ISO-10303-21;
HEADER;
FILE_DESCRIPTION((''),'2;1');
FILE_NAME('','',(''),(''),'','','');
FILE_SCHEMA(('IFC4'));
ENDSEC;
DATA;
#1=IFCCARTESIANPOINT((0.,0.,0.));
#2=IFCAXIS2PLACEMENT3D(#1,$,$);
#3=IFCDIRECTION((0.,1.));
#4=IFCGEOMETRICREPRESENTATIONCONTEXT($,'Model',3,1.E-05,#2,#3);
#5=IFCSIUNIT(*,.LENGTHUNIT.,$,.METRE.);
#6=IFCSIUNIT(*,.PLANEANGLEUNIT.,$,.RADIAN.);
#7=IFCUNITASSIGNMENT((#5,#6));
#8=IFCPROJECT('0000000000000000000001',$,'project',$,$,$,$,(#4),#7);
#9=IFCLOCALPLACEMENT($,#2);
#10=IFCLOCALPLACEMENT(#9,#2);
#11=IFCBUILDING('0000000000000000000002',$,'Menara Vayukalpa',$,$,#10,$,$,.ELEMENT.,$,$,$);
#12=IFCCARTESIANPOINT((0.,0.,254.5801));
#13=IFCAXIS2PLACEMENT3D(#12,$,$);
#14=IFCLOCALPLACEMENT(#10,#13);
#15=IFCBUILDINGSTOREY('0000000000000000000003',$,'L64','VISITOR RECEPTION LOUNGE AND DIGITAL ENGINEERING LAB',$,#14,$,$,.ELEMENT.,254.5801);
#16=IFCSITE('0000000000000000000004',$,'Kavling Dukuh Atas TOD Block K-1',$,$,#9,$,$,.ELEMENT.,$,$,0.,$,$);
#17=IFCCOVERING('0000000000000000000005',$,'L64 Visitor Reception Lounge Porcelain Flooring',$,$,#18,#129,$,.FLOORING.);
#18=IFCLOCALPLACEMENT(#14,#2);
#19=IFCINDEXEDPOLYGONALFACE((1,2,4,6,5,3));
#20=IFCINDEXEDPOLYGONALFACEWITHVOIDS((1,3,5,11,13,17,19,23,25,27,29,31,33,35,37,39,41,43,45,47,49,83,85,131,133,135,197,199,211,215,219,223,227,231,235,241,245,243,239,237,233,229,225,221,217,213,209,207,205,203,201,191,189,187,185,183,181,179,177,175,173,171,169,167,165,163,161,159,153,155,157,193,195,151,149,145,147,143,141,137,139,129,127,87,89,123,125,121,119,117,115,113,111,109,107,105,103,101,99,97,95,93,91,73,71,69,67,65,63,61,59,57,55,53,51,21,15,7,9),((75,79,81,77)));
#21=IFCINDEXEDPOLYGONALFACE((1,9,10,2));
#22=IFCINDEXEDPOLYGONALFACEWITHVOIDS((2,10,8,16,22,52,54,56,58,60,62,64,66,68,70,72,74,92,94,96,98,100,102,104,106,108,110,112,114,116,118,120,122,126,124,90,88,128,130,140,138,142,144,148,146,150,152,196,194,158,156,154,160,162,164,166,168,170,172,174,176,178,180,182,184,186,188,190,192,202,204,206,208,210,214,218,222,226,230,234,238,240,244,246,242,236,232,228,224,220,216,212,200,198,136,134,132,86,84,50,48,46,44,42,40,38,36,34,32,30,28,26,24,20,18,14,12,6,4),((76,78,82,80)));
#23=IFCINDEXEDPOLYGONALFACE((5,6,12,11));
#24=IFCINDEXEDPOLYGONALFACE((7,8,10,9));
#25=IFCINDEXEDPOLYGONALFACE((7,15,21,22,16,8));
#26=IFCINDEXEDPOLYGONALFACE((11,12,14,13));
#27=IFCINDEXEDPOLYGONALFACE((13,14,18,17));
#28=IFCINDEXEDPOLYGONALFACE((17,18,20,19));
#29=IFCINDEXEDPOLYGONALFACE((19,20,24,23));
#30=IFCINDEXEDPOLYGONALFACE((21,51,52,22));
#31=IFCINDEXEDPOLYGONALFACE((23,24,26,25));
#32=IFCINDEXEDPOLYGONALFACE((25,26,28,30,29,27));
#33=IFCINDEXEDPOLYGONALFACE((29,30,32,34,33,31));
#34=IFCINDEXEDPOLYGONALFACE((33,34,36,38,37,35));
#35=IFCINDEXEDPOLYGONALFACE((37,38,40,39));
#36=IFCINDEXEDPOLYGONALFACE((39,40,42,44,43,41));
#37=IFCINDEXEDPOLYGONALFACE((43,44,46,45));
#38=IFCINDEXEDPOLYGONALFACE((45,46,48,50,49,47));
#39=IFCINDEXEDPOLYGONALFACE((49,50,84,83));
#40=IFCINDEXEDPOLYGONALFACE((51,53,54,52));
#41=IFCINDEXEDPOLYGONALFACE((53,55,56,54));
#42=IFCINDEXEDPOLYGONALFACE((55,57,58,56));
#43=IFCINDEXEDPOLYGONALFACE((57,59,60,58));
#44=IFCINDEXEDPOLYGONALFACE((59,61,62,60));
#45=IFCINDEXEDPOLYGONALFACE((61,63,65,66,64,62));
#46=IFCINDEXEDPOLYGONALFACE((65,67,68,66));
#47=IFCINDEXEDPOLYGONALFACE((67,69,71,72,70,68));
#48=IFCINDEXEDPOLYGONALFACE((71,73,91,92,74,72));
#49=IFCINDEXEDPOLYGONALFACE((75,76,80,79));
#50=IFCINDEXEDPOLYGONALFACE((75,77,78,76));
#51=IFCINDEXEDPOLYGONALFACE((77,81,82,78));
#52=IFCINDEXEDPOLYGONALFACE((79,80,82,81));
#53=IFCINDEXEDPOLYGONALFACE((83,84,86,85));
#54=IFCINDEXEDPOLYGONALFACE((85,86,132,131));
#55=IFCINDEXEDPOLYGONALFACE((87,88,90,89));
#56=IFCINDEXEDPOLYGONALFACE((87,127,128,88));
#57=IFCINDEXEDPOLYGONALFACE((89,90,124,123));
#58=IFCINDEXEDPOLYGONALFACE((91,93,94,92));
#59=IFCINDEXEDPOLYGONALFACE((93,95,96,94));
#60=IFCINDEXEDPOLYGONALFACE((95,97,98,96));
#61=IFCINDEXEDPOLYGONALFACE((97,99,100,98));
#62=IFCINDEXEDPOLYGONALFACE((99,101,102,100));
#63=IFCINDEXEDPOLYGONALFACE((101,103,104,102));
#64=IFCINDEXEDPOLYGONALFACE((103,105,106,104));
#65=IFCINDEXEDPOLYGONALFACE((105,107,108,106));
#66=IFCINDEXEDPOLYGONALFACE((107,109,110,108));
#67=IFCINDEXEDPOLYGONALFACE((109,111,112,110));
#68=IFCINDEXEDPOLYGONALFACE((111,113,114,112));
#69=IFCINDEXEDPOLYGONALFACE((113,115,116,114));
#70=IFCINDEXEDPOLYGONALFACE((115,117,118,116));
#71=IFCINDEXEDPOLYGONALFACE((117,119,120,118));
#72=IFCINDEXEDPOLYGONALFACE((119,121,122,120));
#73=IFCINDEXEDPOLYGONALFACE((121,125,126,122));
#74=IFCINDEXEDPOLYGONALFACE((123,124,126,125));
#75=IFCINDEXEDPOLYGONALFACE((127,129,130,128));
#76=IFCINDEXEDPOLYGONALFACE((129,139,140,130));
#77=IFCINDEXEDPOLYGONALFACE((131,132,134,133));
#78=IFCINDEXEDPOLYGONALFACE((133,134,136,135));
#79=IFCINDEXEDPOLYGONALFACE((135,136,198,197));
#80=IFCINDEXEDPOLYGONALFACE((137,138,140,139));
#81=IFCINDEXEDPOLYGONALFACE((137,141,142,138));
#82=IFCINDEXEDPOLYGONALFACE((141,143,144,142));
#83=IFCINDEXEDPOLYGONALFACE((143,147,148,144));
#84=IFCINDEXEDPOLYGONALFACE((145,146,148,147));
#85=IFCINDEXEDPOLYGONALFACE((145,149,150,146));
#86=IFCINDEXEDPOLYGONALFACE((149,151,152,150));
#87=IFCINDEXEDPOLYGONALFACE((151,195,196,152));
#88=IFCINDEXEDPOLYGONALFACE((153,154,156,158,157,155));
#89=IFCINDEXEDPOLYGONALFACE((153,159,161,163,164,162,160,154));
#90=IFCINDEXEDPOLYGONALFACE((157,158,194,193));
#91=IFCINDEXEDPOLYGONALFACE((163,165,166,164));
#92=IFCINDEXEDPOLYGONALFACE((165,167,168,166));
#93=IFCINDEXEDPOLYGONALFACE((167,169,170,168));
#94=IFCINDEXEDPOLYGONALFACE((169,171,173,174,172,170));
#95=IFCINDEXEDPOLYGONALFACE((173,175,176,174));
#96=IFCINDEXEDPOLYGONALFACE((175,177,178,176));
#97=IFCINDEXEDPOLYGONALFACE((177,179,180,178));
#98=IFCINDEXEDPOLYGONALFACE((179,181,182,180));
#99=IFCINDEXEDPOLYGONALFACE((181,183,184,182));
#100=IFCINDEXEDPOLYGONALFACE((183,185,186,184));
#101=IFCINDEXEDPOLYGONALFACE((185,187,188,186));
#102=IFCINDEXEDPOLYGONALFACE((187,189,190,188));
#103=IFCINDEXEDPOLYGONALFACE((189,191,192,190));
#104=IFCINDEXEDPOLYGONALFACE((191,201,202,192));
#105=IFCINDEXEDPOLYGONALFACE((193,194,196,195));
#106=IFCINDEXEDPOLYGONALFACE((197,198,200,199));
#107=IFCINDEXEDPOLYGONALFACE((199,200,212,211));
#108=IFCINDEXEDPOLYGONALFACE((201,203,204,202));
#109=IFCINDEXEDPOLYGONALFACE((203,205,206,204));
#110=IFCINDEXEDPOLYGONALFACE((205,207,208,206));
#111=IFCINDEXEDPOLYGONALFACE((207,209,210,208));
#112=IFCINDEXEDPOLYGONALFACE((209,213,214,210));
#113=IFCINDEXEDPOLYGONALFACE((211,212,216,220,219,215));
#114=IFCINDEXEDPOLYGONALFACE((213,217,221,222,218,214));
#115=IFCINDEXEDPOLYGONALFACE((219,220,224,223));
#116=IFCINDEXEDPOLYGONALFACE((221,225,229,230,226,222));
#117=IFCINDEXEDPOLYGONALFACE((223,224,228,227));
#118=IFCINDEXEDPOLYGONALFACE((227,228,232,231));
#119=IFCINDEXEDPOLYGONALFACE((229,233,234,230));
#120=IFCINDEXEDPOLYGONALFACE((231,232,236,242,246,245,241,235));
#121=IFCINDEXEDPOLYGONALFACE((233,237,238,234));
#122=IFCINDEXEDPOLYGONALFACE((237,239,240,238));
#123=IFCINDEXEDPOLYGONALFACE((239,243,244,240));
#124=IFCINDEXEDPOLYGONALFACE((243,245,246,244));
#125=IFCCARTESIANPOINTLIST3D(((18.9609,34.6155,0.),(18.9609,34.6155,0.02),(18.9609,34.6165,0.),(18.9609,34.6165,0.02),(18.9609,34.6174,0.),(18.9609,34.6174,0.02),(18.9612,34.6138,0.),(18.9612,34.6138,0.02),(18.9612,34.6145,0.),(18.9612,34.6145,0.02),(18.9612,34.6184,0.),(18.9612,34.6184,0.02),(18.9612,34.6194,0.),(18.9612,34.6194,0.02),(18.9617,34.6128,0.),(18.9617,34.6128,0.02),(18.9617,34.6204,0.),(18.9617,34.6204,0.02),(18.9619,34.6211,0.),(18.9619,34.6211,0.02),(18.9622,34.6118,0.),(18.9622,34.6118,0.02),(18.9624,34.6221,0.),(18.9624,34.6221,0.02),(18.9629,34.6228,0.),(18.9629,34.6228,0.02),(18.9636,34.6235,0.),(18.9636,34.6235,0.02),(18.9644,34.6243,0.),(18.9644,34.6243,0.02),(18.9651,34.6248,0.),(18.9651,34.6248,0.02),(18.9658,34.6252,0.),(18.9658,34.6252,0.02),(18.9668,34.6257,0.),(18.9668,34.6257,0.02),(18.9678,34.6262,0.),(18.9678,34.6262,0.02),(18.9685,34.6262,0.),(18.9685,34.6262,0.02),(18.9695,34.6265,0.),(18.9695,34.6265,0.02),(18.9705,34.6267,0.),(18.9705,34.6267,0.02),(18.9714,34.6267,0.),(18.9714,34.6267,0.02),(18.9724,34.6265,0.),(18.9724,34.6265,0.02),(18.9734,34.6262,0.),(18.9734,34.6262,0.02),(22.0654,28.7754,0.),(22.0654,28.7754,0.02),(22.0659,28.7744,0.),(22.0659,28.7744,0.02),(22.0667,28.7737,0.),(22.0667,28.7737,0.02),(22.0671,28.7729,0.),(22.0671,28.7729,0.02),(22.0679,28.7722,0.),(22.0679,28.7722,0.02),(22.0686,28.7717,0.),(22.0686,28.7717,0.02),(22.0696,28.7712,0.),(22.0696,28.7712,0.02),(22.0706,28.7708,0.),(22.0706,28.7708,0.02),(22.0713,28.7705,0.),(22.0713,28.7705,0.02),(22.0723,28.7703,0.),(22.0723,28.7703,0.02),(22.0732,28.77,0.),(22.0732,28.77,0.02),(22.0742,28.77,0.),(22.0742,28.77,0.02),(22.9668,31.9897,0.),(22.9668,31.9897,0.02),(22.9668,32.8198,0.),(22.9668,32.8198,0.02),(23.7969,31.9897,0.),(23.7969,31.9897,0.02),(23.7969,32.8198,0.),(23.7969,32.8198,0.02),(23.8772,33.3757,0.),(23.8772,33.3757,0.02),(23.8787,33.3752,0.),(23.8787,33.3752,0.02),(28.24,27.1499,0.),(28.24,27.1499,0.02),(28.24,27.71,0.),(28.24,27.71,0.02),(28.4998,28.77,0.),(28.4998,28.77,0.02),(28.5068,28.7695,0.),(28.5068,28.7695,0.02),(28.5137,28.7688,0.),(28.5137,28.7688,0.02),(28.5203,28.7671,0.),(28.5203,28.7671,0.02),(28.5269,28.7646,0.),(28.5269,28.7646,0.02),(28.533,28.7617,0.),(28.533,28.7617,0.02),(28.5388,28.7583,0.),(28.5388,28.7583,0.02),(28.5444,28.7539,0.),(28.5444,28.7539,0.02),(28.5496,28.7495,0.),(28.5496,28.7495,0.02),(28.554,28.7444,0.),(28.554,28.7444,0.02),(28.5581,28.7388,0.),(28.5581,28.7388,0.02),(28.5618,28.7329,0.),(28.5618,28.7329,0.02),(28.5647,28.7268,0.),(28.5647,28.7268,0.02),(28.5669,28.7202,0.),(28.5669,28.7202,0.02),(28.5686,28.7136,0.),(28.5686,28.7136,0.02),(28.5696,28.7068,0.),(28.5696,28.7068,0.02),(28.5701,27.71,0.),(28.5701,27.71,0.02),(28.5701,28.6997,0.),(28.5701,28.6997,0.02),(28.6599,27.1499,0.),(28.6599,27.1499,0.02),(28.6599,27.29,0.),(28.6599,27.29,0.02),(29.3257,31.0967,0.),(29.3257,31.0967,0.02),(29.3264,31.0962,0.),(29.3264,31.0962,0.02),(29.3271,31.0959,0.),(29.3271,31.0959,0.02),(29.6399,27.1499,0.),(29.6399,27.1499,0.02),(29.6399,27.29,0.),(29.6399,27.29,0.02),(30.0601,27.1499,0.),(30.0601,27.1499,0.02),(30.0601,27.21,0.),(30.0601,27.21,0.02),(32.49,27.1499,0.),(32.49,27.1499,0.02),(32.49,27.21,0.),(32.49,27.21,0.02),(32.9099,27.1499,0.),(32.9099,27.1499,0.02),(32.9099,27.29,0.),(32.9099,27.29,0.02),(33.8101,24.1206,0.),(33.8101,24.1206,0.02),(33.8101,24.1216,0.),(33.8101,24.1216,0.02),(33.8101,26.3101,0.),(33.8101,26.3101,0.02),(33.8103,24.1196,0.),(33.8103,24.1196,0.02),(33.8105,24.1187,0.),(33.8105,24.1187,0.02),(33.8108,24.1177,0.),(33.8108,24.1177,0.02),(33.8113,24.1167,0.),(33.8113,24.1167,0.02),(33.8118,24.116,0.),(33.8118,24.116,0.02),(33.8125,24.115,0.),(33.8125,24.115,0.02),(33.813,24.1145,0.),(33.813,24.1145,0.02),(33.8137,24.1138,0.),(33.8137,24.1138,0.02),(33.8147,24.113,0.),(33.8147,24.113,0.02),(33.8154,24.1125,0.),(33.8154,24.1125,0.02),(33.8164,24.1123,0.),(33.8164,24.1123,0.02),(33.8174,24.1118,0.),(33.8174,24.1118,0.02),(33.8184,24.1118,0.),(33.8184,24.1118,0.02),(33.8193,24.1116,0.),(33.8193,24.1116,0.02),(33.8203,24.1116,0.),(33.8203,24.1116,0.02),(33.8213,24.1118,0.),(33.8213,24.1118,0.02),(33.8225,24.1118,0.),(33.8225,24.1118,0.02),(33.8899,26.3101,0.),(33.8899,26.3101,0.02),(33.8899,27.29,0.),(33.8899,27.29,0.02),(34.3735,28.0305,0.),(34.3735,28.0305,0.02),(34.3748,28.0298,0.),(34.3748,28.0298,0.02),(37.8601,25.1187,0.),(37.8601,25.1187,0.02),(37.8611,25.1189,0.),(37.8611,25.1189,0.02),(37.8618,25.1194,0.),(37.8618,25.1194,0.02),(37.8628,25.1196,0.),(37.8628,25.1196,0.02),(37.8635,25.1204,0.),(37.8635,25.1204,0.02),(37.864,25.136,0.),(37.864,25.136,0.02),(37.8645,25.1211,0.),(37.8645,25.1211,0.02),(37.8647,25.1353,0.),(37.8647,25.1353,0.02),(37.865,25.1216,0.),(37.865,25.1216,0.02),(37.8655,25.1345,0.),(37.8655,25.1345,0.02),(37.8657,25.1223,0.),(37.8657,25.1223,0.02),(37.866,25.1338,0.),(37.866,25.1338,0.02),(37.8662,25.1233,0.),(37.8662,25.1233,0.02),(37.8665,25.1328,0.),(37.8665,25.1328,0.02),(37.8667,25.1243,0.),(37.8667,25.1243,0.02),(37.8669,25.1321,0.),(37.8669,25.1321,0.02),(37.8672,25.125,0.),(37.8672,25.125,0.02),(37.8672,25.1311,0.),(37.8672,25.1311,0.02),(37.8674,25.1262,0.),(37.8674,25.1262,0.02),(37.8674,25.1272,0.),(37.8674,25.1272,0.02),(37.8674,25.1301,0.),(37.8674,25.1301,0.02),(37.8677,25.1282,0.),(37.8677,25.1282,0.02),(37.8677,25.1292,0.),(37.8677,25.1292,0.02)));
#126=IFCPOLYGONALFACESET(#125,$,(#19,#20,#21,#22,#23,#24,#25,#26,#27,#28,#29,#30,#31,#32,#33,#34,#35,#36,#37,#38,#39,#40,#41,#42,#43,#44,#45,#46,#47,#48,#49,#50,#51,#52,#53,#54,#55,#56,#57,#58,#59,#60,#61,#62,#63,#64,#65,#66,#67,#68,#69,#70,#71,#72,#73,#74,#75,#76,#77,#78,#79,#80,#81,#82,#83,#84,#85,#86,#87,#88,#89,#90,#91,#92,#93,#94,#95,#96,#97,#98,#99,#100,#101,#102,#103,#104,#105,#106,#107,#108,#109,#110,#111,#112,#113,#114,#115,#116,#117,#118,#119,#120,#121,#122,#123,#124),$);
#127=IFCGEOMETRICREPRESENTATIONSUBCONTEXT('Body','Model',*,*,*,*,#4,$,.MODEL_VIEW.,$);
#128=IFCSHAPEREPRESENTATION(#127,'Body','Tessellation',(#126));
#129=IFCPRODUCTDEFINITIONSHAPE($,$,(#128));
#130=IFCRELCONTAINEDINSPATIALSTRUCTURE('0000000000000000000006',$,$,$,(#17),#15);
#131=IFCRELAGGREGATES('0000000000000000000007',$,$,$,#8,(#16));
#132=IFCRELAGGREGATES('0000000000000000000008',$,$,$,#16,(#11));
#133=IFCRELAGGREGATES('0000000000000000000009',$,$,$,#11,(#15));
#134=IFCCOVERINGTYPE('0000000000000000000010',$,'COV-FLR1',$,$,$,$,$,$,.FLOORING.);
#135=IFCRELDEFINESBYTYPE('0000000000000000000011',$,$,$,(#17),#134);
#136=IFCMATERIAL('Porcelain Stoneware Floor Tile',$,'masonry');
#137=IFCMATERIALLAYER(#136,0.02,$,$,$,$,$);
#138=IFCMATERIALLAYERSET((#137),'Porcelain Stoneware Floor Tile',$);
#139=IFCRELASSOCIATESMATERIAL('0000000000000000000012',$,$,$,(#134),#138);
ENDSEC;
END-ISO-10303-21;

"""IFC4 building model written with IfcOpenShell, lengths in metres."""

from ifc_helpers import new_model, si_unit, direction, frame, origin, place, context, subcontext, project, spatial, polyline, outline, extrude, material, layer, layer_set, type_object, element, save


model = new_model("IFC4")

# Units and contexts
model_context = context("Model", 3, precision=1e-05, world=origin(), true_north=direction((0.0, 1.0)))
body_context = subcontext(model_context, "Body", "Model", "MODEL_VIEW")
ifc_project = project(units=[si_unit("LENGTHUNIT", "METRE"), si_unit("PLANEANGLEUNIT", "RADIAN")], contexts=[model_context])

# Site, building, storey
site_placement = place(None, origin())
site = spatial("IfcSite", under=ifc_project, at=site_placement, Name="Kavling Dukuh Atas TOD Block K-1", CompositionType="ELEMENT", RefElevation=0.0)
building_placement = place(site_placement, origin())
building = spatial("IfcBuilding", under=site, at=building_placement, Name="Menara Vayukalpa", CompositionType="ELEMENT")
storey_placement = place(building_placement, frame((0.0, 0.0, 254.5801)))
storey = spatial("IfcBuildingStorey", under=building, at=storey_placement, Name="L64", Description="VISITOR RECEPTION LOUNGE AND DIGITAL ENGINEERING LAB", CompositionType="ELEMENT", Elevation=254.5801)

# Covering
ifc_material_1 = material(Name="Porcelain Stoneware Floor Tile", Category="masonry")
ifc_layer_1 = layer(ifc_material_1, 0.02)
ifc_layer_set_1 = layer_set([ifc_layer_1], Name="Porcelain Stoneware Floor Tile")
covering_type_1 = type_object("IfcCoveringType", Name="COV-FLR1", PredefinedType="FLOORING", material=ifc_layer_set_1)
covering_1_placement = place(storey_placement, origin())
element("IfcCovering", 1, at=covering_1_placement, inside=storey, type_object=covering_type_1, Name="L64 Visitor Reception Lounge Porcelain Flooring", PredefinedType="FLOORING", context=body_context, shape_type="SweptSolid", body=[
    extrude(outline(polyline([(29.6399, 27.1499), (29.6399, 27.29), (28.6599, 27.29), (28.6599, 27.1499), (28.24, 27.1499), (28.24, 27.71), (28.5701, 27.71), (28.5701, 28.6997), (28.5696, 28.7068), (28.5686, 28.7136), (28.5669, 28.7202), (28.5647, 28.7268), (28.5618, 28.7329), (28.5581, 28.7388), (28.554, 28.7444), (28.5496, 28.7495), (28.5444, 28.7539), (28.5388, 28.7583), (28.533, 28.7617), (28.5269, 28.7646), (28.5203, 28.7671), (28.5137, 28.7688), (28.5068, 28.7695), (28.4998, 28.77), (22.0742, 28.77), (22.0732, 28.77), (22.0723, 28.7703), (22.0713, 28.7705), (22.0706, 28.7708), (22.0696, 28.7712), (22.0686, 28.7717), (22.0679, 28.7722), (22.0671, 28.7729), (22.0667, 28.7737), (22.0659, 28.7744), (22.0654, 28.7754), (18.9622, 34.6118), (18.9617, 34.6128), (18.9612, 34.6138), (18.9612, 34.6145), (18.9609, 34.6155), (18.9609, 34.6165), (18.9609, 34.6174), (18.9612, 34.6184), (18.9612, 34.6194), (18.9617, 34.6204), (18.9619, 34.6211), (18.9624, 34.6221), (18.9629, 34.6228), (18.9636, 34.6235), (18.9644, 34.6243), (18.9651, 34.6248), (18.9658, 34.6252), (18.9668, 34.6257), (18.9678, 34.6262), (18.9685, 34.6262), (18.9695, 34.6265), (18.9705, 34.6267), (18.9714, 34.6267), (18.9724, 34.6265), (18.9734, 34.6262), (23.8772, 33.3757), (23.8787, 33.3752), (29.3257, 31.0967), (29.3264, 31.0962), (29.3271, 31.0959), (34.3735, 28.0305), (34.3748, 28.0298), (37.864, 25.136), (37.8647, 25.1353), (37.8655, 25.1345), (37.866, 25.1338), (37.8665, 25.1328), (37.8669, 25.1321), (37.8672, 25.1311), (37.8674, 25.1301), (37.8677, 25.1292), (37.8677, 25.1282), (37.8674, 25.1272), (37.8674, 25.1262), (37.8672, 25.125), (37.8667, 25.1243), (37.8662, 25.1233), (37.8657, 25.1223), (37.865, 25.1216), (37.8645, 25.1211), (37.8635, 25.1204), (37.8628, 25.1196), (37.8618, 25.1194), (37.8611, 25.1189), (37.8601, 25.1187), (33.8225, 24.1118), (33.8213, 24.1118), (33.8203, 24.1116), (33.8193, 24.1116), (33.8184, 24.1118), (33.8174, 24.1118), (33.8164, 24.1123), (33.8154, 24.1125), (33.8147, 24.113), (33.8137, 24.1138), (33.813, 24.1145), (33.8125, 24.115), (33.8118, 24.116), (33.8113, 24.1167), (33.8108, 24.1177), (33.8105, 24.1187), (33.8103, 24.1196), (33.8101, 24.1206), (33.8101, 24.1216), (33.8101, 26.3101), (33.8899, 26.3101), (33.8899, 27.29), (32.9099, 27.29), (32.9099, 27.1499), (32.49, 27.1499), (32.49, 27.21), (30.0601, 27.21), (30.0601, 27.1499), (29.6399, 27.1499)]), holes=[polyline([(23.7969, 32.8198), (22.9668, 32.8198), (22.9668, 31.9897), (23.7969, 31.9897), (23.7969, 32.8198)])]), origin(), (0.0, 0.0, 1.0), 0.02),
])

save(model, "model.ifc")
